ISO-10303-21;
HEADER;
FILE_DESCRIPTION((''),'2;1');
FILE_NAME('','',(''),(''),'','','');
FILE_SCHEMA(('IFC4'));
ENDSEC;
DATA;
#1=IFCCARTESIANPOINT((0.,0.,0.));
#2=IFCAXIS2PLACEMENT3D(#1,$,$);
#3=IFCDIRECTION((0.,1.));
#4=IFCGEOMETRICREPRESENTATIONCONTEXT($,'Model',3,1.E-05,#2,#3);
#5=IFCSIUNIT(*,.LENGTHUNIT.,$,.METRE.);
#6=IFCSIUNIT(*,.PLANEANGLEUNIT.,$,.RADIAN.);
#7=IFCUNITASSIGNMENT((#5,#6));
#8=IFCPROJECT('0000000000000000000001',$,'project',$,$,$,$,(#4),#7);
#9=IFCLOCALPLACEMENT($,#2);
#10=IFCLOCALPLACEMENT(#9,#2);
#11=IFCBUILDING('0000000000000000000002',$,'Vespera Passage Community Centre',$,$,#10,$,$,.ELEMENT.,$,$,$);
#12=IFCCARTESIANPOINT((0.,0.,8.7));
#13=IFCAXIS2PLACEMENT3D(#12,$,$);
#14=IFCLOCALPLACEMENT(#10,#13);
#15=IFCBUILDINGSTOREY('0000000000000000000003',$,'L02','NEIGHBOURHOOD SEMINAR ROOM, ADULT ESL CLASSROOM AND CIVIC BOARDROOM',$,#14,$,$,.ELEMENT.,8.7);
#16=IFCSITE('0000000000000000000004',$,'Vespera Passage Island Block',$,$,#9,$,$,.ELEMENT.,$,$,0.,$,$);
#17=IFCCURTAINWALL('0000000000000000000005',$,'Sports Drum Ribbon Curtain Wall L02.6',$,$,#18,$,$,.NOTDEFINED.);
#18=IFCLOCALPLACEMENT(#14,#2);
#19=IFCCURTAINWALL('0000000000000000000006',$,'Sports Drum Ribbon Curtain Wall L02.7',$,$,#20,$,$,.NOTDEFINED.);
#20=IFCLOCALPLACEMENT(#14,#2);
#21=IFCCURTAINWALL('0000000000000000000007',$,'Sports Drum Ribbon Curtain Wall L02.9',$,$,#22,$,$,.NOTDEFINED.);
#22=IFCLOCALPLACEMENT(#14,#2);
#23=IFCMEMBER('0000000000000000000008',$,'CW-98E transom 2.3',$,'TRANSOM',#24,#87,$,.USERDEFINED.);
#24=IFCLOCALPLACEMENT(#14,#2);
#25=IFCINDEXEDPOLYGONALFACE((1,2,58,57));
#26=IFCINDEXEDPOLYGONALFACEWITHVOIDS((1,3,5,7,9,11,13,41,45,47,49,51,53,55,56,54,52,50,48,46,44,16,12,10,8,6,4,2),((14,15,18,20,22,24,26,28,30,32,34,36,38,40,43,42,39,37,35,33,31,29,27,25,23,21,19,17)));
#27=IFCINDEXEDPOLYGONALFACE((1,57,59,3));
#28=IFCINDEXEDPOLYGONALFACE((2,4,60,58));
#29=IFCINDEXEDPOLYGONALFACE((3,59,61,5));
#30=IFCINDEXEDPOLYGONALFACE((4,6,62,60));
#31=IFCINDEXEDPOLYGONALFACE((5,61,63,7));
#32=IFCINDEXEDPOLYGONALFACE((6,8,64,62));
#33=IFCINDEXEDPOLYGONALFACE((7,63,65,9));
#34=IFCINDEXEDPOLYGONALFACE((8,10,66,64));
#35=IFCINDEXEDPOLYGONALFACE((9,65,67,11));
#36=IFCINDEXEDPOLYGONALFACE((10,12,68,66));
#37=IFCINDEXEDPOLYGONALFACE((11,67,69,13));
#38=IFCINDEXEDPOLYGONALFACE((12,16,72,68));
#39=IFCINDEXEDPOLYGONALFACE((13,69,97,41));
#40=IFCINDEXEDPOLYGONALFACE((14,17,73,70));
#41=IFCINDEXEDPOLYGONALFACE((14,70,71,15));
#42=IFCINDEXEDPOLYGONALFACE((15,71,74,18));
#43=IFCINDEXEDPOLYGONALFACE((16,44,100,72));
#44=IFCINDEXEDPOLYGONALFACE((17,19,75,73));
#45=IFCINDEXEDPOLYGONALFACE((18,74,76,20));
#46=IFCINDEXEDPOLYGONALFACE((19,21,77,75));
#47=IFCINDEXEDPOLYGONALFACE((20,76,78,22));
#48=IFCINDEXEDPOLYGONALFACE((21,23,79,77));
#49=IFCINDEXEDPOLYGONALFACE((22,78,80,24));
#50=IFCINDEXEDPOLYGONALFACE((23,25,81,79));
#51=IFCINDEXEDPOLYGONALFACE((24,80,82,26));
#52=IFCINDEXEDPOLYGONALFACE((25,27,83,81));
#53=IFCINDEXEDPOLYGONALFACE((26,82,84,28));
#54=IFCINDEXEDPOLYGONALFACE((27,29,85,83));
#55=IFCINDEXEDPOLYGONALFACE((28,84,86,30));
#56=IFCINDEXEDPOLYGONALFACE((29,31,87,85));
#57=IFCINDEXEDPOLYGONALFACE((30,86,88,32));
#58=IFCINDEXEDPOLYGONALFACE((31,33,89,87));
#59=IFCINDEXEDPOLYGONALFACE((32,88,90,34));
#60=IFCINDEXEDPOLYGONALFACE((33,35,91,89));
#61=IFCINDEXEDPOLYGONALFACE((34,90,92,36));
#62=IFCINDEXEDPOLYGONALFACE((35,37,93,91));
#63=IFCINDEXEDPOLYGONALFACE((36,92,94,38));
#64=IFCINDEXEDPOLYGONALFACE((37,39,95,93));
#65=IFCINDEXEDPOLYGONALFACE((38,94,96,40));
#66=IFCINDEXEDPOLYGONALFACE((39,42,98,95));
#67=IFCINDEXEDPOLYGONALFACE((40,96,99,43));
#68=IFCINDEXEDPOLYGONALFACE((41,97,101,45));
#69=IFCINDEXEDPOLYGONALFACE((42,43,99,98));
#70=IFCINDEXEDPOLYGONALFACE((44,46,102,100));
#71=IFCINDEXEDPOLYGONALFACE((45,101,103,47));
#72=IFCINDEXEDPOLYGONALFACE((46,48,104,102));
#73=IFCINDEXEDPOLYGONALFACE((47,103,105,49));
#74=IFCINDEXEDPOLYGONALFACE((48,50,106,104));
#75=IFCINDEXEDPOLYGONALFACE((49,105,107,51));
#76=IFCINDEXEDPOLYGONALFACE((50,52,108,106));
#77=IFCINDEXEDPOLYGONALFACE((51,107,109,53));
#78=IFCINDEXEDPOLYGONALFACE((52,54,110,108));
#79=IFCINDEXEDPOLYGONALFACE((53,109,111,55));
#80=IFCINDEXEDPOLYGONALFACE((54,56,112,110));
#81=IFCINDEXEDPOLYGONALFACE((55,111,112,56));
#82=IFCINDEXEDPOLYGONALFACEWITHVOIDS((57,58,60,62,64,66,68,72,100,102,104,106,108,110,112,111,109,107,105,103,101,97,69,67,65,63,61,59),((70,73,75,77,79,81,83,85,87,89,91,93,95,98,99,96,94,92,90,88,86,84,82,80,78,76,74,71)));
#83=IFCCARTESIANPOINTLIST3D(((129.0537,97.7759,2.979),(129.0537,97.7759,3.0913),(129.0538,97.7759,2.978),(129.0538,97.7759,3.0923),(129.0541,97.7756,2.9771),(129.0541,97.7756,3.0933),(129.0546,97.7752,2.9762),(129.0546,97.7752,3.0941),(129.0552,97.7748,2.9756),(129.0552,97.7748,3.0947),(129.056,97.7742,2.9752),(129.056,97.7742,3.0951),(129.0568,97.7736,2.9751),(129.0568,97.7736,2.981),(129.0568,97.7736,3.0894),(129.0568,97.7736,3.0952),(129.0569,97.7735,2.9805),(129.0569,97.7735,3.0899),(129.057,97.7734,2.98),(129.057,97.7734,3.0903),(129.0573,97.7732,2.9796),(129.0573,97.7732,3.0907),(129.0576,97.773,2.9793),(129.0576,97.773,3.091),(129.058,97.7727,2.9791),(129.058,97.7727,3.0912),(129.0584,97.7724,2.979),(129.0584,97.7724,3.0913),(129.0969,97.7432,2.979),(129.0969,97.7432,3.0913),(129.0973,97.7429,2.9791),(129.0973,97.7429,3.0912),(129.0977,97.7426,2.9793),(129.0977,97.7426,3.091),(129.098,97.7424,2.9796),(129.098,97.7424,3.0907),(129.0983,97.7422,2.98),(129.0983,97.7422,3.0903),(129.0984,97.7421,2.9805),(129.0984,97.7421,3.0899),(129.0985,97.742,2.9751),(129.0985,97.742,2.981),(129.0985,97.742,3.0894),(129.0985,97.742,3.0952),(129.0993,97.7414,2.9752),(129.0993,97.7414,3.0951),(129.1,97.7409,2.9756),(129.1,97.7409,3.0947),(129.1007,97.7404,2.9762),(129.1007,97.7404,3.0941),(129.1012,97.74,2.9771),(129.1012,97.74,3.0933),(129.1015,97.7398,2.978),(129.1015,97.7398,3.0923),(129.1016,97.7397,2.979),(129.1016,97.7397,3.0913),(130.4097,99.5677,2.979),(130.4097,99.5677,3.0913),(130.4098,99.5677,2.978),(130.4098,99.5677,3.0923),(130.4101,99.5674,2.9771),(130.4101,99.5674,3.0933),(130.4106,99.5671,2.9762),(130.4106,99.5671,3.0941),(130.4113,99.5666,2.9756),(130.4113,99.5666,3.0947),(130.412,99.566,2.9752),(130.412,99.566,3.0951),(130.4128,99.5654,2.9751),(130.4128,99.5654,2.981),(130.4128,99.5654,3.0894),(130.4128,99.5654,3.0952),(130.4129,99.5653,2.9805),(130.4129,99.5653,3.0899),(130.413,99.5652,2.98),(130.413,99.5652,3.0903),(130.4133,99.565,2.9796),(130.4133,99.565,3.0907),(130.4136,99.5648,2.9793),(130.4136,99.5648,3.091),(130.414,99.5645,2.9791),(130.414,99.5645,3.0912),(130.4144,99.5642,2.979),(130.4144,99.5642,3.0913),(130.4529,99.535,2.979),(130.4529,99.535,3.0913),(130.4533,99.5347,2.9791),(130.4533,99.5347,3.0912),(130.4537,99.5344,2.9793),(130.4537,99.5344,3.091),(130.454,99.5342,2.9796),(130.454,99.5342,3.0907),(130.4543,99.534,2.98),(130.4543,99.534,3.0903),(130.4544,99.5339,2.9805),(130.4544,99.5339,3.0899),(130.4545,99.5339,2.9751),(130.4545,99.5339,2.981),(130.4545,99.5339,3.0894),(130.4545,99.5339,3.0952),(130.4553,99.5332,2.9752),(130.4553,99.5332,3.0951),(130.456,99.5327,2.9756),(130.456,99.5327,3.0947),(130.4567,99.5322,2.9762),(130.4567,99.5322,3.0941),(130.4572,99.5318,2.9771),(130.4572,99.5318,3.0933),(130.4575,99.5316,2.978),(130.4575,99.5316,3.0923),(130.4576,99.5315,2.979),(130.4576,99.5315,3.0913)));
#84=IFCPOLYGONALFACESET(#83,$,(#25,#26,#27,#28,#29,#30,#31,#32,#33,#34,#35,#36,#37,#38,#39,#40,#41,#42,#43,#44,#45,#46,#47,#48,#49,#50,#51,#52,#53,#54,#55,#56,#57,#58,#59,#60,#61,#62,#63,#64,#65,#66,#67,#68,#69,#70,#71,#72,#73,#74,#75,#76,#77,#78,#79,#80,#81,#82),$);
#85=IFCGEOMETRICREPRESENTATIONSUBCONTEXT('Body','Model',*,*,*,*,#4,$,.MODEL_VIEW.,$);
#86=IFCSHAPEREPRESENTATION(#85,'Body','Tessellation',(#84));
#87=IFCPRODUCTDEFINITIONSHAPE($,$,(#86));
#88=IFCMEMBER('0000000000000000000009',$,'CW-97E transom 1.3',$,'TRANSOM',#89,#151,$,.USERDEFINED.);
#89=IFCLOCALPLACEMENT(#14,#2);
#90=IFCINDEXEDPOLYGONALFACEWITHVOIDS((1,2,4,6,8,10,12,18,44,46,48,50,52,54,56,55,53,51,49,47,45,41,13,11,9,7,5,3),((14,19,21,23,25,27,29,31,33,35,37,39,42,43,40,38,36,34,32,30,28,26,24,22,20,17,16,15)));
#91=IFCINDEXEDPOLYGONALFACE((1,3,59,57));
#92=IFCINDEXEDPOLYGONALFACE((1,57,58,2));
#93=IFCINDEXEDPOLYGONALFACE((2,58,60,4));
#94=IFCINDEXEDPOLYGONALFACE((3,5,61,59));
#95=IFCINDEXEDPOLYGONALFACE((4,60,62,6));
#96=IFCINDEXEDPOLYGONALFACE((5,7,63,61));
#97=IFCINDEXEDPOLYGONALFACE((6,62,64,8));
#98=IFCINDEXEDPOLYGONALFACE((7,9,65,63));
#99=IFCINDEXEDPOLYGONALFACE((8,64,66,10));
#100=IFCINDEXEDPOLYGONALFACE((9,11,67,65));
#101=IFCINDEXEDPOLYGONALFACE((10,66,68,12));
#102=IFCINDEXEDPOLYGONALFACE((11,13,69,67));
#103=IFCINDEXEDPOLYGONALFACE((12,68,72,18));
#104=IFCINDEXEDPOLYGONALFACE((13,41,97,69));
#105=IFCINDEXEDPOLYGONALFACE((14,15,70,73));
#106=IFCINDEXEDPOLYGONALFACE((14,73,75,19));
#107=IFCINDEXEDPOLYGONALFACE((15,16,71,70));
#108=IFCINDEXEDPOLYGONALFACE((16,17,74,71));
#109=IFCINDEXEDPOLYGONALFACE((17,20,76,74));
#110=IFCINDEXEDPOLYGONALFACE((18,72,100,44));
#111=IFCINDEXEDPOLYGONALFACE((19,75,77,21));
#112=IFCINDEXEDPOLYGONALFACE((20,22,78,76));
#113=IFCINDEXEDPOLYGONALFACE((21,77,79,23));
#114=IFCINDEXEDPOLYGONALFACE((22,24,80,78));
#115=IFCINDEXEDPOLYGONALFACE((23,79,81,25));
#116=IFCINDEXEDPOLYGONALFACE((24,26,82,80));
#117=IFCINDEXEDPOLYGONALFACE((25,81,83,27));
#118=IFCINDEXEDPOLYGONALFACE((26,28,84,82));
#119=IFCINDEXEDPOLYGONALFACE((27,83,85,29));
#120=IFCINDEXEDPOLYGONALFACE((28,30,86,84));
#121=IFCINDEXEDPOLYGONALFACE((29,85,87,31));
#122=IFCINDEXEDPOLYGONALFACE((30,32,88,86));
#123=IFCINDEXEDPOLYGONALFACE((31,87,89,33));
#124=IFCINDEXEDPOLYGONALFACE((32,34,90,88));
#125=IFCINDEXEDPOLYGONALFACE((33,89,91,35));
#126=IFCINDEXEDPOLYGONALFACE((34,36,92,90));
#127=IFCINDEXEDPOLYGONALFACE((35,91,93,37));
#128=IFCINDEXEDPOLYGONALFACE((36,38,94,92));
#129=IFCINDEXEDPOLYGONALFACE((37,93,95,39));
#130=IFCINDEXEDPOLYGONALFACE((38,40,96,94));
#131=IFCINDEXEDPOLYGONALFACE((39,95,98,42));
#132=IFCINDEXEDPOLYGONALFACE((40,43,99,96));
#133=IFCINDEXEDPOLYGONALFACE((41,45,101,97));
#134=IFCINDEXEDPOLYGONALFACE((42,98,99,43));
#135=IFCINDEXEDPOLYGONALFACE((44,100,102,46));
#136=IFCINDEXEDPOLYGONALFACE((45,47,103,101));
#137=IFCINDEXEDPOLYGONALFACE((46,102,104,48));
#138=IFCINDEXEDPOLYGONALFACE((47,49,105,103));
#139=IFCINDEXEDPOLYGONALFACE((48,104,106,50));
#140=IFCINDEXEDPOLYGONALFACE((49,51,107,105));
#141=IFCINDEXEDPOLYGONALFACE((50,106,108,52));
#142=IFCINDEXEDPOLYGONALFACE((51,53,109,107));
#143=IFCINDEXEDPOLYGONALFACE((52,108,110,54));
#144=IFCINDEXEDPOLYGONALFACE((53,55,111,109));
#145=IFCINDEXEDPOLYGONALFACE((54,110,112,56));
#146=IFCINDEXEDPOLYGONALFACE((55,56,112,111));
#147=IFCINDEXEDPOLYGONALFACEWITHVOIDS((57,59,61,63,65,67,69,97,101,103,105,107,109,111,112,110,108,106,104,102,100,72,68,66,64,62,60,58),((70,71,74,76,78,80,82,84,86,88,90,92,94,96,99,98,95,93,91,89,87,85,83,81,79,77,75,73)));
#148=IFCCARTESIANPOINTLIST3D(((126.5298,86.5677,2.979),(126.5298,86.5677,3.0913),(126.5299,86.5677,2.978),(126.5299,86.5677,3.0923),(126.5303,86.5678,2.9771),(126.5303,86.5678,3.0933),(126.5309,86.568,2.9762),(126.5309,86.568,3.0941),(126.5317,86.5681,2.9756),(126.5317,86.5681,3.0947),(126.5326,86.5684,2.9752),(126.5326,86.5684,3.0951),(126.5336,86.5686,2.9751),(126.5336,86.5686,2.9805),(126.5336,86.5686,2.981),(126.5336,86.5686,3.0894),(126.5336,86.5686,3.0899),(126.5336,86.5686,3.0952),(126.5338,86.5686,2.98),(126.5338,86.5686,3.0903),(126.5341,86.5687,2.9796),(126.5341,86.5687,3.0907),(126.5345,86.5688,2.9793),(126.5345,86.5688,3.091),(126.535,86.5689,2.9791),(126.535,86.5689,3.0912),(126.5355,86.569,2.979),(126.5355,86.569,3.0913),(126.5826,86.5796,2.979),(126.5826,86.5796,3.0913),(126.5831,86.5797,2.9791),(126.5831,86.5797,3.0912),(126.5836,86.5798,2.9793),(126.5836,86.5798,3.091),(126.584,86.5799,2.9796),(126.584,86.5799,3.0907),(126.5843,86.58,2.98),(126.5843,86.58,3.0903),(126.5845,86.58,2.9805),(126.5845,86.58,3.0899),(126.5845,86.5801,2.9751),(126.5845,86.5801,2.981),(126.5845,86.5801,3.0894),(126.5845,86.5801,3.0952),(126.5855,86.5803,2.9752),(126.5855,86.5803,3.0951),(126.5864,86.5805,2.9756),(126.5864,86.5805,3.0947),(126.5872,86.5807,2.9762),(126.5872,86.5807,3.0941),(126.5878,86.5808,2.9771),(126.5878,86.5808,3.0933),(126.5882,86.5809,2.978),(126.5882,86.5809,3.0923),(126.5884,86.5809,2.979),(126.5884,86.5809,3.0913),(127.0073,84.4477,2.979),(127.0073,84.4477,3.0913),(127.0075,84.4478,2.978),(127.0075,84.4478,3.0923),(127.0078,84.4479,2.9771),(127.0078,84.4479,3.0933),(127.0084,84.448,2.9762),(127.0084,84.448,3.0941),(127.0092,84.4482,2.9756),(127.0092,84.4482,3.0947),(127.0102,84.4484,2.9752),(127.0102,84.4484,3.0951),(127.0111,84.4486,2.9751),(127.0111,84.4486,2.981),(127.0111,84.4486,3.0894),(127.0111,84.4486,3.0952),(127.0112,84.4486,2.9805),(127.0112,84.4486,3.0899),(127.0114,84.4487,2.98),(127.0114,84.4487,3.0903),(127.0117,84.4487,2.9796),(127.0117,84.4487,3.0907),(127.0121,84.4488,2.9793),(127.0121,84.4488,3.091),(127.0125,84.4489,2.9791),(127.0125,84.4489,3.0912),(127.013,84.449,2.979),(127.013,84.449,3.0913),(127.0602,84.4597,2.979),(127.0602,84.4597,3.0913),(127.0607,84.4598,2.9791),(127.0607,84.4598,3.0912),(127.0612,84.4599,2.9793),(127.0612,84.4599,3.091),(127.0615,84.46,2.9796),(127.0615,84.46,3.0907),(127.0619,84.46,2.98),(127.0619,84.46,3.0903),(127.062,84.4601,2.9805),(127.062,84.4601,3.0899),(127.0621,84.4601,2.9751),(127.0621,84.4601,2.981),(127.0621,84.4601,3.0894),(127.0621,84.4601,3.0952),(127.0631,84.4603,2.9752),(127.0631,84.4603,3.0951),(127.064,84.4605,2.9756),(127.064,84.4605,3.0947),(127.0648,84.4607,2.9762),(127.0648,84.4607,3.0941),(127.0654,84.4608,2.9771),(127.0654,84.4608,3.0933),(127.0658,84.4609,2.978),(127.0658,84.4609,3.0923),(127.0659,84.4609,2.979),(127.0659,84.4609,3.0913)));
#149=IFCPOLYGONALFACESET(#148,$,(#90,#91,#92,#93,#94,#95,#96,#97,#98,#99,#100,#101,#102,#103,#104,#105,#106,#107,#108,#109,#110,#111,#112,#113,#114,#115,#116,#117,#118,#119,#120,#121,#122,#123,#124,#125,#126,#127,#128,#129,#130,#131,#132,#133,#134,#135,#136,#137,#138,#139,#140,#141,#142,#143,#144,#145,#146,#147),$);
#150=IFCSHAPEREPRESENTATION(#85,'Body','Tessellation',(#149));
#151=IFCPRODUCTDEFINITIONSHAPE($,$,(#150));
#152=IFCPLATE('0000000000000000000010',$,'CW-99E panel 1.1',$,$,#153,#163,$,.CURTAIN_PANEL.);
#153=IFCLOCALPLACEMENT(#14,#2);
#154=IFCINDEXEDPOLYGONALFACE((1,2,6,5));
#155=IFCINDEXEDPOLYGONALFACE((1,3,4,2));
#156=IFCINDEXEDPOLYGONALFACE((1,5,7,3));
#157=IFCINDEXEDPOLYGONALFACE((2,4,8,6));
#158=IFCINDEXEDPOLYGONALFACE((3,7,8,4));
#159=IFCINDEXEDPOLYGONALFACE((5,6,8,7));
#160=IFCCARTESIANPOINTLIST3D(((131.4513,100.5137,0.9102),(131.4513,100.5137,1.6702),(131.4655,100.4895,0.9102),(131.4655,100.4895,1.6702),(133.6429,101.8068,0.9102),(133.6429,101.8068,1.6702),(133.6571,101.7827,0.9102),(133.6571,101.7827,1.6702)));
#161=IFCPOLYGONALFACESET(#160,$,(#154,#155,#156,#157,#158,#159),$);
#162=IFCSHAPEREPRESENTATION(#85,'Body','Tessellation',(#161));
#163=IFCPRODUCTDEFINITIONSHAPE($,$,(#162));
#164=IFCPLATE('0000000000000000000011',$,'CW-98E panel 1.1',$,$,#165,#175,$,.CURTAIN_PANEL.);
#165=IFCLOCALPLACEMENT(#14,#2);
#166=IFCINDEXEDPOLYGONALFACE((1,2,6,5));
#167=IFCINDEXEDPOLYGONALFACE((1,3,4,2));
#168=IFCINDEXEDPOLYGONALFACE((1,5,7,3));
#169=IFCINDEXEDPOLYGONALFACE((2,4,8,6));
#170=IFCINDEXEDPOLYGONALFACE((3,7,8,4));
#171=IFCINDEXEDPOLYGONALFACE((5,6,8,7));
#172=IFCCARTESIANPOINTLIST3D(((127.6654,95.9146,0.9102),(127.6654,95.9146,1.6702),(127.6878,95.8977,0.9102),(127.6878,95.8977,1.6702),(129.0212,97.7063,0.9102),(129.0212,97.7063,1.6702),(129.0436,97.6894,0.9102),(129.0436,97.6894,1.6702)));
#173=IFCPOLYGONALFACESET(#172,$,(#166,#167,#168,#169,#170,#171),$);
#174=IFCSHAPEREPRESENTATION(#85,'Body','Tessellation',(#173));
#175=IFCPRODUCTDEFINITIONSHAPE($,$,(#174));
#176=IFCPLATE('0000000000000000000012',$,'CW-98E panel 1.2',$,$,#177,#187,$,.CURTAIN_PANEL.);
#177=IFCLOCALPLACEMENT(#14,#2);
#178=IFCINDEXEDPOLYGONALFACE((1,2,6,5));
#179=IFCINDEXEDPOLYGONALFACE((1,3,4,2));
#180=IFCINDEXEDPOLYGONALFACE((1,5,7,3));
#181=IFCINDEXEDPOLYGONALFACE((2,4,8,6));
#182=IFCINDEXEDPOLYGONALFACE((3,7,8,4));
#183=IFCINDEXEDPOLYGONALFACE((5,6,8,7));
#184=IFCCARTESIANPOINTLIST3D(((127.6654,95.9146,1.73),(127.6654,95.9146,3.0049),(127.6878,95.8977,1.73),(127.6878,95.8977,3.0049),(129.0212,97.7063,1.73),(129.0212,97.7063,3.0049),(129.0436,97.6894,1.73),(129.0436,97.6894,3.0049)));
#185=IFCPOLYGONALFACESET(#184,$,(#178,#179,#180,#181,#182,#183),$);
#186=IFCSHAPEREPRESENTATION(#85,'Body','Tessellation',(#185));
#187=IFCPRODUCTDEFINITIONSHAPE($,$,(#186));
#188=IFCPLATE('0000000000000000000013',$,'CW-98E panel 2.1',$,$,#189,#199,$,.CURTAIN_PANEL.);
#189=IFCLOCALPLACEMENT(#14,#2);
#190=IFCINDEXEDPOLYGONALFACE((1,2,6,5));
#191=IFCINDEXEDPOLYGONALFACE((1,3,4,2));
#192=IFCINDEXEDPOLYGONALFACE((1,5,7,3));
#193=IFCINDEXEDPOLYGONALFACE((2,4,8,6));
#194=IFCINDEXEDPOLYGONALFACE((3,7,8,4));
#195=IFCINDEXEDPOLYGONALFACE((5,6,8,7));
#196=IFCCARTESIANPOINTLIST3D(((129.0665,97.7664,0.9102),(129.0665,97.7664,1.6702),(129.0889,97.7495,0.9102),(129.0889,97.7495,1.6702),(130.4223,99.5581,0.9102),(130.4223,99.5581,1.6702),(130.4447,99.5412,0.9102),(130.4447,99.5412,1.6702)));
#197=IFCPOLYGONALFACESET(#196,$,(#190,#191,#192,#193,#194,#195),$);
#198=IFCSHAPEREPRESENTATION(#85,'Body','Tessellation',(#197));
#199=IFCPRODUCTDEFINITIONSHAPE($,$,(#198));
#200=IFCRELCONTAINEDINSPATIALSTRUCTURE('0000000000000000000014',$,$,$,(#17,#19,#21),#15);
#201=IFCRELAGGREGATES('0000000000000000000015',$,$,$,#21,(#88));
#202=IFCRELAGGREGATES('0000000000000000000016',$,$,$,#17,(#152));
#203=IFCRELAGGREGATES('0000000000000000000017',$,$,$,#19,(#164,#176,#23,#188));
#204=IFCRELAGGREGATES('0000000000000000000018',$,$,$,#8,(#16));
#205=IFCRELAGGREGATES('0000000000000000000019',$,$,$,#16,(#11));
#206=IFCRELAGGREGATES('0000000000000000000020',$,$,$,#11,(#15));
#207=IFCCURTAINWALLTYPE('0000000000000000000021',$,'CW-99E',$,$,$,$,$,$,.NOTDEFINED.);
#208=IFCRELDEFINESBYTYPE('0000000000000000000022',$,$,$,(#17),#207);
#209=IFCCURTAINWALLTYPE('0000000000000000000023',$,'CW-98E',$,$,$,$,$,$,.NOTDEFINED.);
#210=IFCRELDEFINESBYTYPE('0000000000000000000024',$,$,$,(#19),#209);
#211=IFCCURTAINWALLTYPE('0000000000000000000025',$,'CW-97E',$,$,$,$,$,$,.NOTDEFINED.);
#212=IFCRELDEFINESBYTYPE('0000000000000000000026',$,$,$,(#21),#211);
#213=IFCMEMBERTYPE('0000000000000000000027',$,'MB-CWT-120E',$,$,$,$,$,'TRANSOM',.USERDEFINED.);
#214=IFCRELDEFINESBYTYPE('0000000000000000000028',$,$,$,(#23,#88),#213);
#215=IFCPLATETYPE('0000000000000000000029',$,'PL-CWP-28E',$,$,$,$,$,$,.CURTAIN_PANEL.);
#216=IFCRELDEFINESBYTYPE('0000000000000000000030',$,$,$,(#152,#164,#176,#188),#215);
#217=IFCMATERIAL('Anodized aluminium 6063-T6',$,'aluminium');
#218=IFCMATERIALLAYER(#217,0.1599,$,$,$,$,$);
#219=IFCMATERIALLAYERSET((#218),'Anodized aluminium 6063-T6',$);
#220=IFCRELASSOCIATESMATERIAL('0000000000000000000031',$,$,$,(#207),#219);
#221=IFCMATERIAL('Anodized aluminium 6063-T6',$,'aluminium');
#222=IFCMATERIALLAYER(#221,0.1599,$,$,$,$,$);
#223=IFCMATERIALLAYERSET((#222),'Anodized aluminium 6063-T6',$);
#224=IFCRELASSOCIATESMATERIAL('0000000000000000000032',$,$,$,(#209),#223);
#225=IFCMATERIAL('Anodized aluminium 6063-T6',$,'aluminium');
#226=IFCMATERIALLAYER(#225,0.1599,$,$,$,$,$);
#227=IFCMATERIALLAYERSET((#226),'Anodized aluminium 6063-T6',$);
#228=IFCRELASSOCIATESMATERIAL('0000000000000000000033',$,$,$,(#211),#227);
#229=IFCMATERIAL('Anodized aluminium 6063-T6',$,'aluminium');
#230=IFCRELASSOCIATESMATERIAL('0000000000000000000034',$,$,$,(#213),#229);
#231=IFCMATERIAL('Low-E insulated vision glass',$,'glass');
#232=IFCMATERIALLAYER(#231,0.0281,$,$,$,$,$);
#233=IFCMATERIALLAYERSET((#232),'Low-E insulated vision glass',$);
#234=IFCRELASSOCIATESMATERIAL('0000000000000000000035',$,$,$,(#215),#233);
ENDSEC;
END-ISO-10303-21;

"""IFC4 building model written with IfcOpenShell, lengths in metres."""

from ifc_helpers import new_model, si_unit, direction, frame, origin, origin_2d, place, context, subcontext, project, spatial, rectangle, hollow_rectangle, extrude, material, layer, layer_set, material_profile, profile_set, type_object, element, aggregate, save


model = new_model("IFC4")

# Units and contexts
model_context = context("Model", 3, precision=1e-05, world=origin(), true_north=direction((0.0, 1.0)))
body_context = subcontext(model_context, "Body", "Model", "MODEL_VIEW")
ifc_project = project(units=[si_unit("LENGTHUNIT", "METRE"), si_unit("PLANEANGLEUNIT", "RADIAN")], contexts=[model_context])

# Site, building, storey
site_placement = place(None, origin())
site = spatial("IfcSite", under=ifc_project, at=site_placement, Name="Vespera Passage Island Block", CompositionType="ELEMENT", RefElevation=0.0)
building_placement = place(site_placement, origin())
building = spatial("IfcBuilding", under=site, at=building_placement, Name="Vespera Passage Community Centre", CompositionType="ELEMENT")
storey_placement = place(building_placement, frame((0.0, 0.0, 8.7)))
storey = spatial("IfcBuildingStorey", under=building, at=storey_placement, Name="L02", Description="NEIGHBOURHOOD SEMINAR ROOM, ADULT ESL CLASSROOM AND CIVIC BOARDROOM", CompositionType="ELEMENT", Elevation=8.7)

# Curtain wall
ifc_material_1 = material(Name="Anodized aluminium 6063-T6", Category="aluminium")
ifc_layer_1 = layer(ifc_material_1, 0.1599)
ifc_layer_set_1 = layer_set([ifc_layer_1], Name="Anodized aluminium 6063-T6")
curtain_wall_type_1 = type_object("IfcCurtainWallType", Name="CW-99E", PredefinedType="NOTDEFINED", material=ifc_layer_set_1)
curtain_wall_1_placement = place(storey_placement, origin())
curtain_wall_1 = element("IfcCurtainWall", 1, at=curtain_wall_1_placement, inside=storey, type_object=curtain_wall_type_1, Name="Sports Drum Ribbon Curtain Wall L02.6", PredefinedType="NOTDEFINED")

# Curtain wall
ifc_material_2 = material(Name="Anodized aluminium 6063-T6", Category="aluminium")
ifc_layer_2 = layer(ifc_material_2, 0.1599)
ifc_layer_set_2 = layer_set([ifc_layer_2], Name="Anodized aluminium 6063-T6")
curtain_wall_type_2 = type_object("IfcCurtainWallType", Name="CW-98E", PredefinedType="NOTDEFINED", material=ifc_layer_set_2)
curtain_wall_2_placement = place(storey_placement, origin())
curtain_wall_2 = element("IfcCurtainWall", 2, at=curtain_wall_2_placement, inside=storey, type_object=curtain_wall_type_2, Name="Sports Drum Ribbon Curtain Wall L02.7", PredefinedType="NOTDEFINED")

# Curtain wall
ifc_material_3 = material(Name="Anodized aluminium 6063-T6", Category="aluminium")
ifc_layer_3 = layer(ifc_material_3, 0.1599)
ifc_layer_set_3 = layer_set([ifc_layer_3], Name="Anodized aluminium 6063-T6")
curtain_wall_type_3 = type_object("IfcCurtainWallType", Name="CW-97E", PredefinedType="NOTDEFINED", material=ifc_layer_set_3)
curtain_wall_3_placement = place(storey_placement, origin())
curtain_wall_3 = element("IfcCurtainWall", 3, at=curtain_wall_3_placement, inside=storey, type_object=curtain_wall_type_3, Name="Sports Drum Ribbon Curtain Wall L02.9", PredefinedType="NOTDEFINED")

# Members
ifc_material_4 = material(Name="Anodized aluminium 6063-T6", Category="aluminium")
ifc_material_profile_1 = material_profile(ifc_material_4, hollow_rectangle(XDim=0.0601, YDim=0.1201, WallThickness=0.0039, InnerFilletRadius=0.002, OuterFilletRadius=0.0039, at=origin_2d()), Name="ALU120X60X4")
ifc_profile_set_1 = profile_set([ifc_material_profile_1], Name="Anodized aluminium 6063-T6")
member_type_1 = type_object("IfcMemberType", Name="MB-CWT-120E", ElementType="TRANSOM", PredefinedType="USERDEFINED", material=ifc_profile_set_1)
member_1_placement = place(storey_placement, frame((129.0776, 97.7578, 3.0352), z_axis=(0.603454, 0.797398, 0.0), x_axis=(-0.797398, 0.603454, 0.0)))
member_1 = element("IfcMember", 4, at=member_1_placement, type_object=member_type_1, Name="CW-98E transom 2.3", ObjectType="TRANSOM", PredefinedType="USERDEFINED", context=body_context, shape_type="SweptSolid", body=[
    extrude(hollow_rectangle(XDim=0.0601, YDim=0.1201, WallThickness=0.0039, InnerFilletRadius=0.002, OuterFilletRadius=0.0039, at=origin_2d()), origin(), (0.0, 0.0, 1.0), 2.2471),
])
member_2_placement = place(storey_placement, frame((127.0366, 84.4543, 3.0352), z_axis=(-0.219761, 0.975554, 0.0), x_axis=(-0.975554, -0.219761, 0.0)))
member_2 = element("IfcMember", 5, at=member_2_placement, type_object=member_type_1, Name="CW-97E transom 1.3", ObjectType="TRANSOM", PredefinedType="USERDEFINED", context=body_context, shape_type="SweptSolid", body=[
    extrude(hollow_rectangle(XDim=0.0601, YDim=0.1201, WallThickness=0.0039, InnerFilletRadius=0.002, OuterFilletRadius=0.0039, at=origin_2d()), origin(), (0.0, 0.0, 1.0), 2.1731),
])
aggregate(curtain_wall_3, [member_2])

# Plates
ifc_material_5 = material(Name="Low-E insulated vision glass", Category="glass")
ifc_layer_4 = layer(ifc_material_5, 0.0281)
ifc_layer_set_4 = layer_set([ifc_layer_4], Name="Low-E insulated vision glass")
plate_type = type_object("IfcPlateType", Name="PL-CWP-28E", PredefinedType="CURTAIN_PANEL", material=ifc_layer_set_4)
plate_1_placement = place(storey_placement, frame((132.5542, 101.1482, 0.9102), z_axis=(0.0, 0.0, 1.0), x_axis=(0.861257, 0.50817, 0.0)))
plate_1 = element("IfcPlate", 6, at=plate_1_placement, type_object=plate_type, Name="CW-99E panel 1.1", PredefinedType="CURTAIN_PANEL", context=body_context, shape_type="SweptSolid", body=[
    extrude(rectangle(XDim=2.5447, YDim=0.0281, at=origin_2d()), origin(), (0.0, 0.0, 1.0), 0.76),
])
aggregate(curtain_wall_1, [plate_1])
plate_2_placement = place(storey_placement, frame((128.3545, 96.802, 0.9102), z_axis=(0.0, 0.0, 1.0), x_axis=(0.603406, 0.797434, 0.0)))
plate_2 = element("IfcPlate", 7, at=plate_2_placement, type_object=plate_type, Name="CW-98E panel 1.1", PredefinedType="CURTAIN_PANEL", context=body_context, shape_type="SweptSolid", body=[
    extrude(rectangle(XDim=2.2468, YDim=0.0281, at=origin_2d()), origin(), (0.0, 0.0, 1.0), 0.76),
])
plate_3_placement = place(storey_placement, frame((128.3545, 96.802, 1.73), z_axis=(0.0, 0.0, 1.0), x_axis=(0.603406, 0.797434, 0.0)))
plate_3 = element("IfcPlate", 8, at=plate_3_placement, type_object=plate_type, Name="CW-98E panel 1.2", PredefinedType="CURTAIN_PANEL", context=body_context, shape_type="SweptSolid", body=[
    extrude(rectangle(XDim=2.2468, YDim=0.0281, at=origin_2d()), origin(), (0.0, 0.0, 1.0), 1.2749),
])
plate_4_placement = place(storey_placement, frame((129.7556, 98.6538, 0.9102), z_axis=(0.0, 0.0, 1.0), x_axis=(0.603406, 0.797434, 0.0)))
plate_4 = element("IfcPlate", 9, at=plate_4_placement, type_object=plate_type, Name="CW-98E panel 2.1", PredefinedType="CURTAIN_PANEL", context=body_context, shape_type="SweptSolid", body=[
    extrude(rectangle(XDim=2.2468, YDim=0.0281, at=origin_2d()), origin(), (0.0, 0.0, 1.0), 0.76),
])
aggregate(curtain_wall_2, [plate_2, plate_3, member_1, plate_4])

save(model, "model.ifc")
